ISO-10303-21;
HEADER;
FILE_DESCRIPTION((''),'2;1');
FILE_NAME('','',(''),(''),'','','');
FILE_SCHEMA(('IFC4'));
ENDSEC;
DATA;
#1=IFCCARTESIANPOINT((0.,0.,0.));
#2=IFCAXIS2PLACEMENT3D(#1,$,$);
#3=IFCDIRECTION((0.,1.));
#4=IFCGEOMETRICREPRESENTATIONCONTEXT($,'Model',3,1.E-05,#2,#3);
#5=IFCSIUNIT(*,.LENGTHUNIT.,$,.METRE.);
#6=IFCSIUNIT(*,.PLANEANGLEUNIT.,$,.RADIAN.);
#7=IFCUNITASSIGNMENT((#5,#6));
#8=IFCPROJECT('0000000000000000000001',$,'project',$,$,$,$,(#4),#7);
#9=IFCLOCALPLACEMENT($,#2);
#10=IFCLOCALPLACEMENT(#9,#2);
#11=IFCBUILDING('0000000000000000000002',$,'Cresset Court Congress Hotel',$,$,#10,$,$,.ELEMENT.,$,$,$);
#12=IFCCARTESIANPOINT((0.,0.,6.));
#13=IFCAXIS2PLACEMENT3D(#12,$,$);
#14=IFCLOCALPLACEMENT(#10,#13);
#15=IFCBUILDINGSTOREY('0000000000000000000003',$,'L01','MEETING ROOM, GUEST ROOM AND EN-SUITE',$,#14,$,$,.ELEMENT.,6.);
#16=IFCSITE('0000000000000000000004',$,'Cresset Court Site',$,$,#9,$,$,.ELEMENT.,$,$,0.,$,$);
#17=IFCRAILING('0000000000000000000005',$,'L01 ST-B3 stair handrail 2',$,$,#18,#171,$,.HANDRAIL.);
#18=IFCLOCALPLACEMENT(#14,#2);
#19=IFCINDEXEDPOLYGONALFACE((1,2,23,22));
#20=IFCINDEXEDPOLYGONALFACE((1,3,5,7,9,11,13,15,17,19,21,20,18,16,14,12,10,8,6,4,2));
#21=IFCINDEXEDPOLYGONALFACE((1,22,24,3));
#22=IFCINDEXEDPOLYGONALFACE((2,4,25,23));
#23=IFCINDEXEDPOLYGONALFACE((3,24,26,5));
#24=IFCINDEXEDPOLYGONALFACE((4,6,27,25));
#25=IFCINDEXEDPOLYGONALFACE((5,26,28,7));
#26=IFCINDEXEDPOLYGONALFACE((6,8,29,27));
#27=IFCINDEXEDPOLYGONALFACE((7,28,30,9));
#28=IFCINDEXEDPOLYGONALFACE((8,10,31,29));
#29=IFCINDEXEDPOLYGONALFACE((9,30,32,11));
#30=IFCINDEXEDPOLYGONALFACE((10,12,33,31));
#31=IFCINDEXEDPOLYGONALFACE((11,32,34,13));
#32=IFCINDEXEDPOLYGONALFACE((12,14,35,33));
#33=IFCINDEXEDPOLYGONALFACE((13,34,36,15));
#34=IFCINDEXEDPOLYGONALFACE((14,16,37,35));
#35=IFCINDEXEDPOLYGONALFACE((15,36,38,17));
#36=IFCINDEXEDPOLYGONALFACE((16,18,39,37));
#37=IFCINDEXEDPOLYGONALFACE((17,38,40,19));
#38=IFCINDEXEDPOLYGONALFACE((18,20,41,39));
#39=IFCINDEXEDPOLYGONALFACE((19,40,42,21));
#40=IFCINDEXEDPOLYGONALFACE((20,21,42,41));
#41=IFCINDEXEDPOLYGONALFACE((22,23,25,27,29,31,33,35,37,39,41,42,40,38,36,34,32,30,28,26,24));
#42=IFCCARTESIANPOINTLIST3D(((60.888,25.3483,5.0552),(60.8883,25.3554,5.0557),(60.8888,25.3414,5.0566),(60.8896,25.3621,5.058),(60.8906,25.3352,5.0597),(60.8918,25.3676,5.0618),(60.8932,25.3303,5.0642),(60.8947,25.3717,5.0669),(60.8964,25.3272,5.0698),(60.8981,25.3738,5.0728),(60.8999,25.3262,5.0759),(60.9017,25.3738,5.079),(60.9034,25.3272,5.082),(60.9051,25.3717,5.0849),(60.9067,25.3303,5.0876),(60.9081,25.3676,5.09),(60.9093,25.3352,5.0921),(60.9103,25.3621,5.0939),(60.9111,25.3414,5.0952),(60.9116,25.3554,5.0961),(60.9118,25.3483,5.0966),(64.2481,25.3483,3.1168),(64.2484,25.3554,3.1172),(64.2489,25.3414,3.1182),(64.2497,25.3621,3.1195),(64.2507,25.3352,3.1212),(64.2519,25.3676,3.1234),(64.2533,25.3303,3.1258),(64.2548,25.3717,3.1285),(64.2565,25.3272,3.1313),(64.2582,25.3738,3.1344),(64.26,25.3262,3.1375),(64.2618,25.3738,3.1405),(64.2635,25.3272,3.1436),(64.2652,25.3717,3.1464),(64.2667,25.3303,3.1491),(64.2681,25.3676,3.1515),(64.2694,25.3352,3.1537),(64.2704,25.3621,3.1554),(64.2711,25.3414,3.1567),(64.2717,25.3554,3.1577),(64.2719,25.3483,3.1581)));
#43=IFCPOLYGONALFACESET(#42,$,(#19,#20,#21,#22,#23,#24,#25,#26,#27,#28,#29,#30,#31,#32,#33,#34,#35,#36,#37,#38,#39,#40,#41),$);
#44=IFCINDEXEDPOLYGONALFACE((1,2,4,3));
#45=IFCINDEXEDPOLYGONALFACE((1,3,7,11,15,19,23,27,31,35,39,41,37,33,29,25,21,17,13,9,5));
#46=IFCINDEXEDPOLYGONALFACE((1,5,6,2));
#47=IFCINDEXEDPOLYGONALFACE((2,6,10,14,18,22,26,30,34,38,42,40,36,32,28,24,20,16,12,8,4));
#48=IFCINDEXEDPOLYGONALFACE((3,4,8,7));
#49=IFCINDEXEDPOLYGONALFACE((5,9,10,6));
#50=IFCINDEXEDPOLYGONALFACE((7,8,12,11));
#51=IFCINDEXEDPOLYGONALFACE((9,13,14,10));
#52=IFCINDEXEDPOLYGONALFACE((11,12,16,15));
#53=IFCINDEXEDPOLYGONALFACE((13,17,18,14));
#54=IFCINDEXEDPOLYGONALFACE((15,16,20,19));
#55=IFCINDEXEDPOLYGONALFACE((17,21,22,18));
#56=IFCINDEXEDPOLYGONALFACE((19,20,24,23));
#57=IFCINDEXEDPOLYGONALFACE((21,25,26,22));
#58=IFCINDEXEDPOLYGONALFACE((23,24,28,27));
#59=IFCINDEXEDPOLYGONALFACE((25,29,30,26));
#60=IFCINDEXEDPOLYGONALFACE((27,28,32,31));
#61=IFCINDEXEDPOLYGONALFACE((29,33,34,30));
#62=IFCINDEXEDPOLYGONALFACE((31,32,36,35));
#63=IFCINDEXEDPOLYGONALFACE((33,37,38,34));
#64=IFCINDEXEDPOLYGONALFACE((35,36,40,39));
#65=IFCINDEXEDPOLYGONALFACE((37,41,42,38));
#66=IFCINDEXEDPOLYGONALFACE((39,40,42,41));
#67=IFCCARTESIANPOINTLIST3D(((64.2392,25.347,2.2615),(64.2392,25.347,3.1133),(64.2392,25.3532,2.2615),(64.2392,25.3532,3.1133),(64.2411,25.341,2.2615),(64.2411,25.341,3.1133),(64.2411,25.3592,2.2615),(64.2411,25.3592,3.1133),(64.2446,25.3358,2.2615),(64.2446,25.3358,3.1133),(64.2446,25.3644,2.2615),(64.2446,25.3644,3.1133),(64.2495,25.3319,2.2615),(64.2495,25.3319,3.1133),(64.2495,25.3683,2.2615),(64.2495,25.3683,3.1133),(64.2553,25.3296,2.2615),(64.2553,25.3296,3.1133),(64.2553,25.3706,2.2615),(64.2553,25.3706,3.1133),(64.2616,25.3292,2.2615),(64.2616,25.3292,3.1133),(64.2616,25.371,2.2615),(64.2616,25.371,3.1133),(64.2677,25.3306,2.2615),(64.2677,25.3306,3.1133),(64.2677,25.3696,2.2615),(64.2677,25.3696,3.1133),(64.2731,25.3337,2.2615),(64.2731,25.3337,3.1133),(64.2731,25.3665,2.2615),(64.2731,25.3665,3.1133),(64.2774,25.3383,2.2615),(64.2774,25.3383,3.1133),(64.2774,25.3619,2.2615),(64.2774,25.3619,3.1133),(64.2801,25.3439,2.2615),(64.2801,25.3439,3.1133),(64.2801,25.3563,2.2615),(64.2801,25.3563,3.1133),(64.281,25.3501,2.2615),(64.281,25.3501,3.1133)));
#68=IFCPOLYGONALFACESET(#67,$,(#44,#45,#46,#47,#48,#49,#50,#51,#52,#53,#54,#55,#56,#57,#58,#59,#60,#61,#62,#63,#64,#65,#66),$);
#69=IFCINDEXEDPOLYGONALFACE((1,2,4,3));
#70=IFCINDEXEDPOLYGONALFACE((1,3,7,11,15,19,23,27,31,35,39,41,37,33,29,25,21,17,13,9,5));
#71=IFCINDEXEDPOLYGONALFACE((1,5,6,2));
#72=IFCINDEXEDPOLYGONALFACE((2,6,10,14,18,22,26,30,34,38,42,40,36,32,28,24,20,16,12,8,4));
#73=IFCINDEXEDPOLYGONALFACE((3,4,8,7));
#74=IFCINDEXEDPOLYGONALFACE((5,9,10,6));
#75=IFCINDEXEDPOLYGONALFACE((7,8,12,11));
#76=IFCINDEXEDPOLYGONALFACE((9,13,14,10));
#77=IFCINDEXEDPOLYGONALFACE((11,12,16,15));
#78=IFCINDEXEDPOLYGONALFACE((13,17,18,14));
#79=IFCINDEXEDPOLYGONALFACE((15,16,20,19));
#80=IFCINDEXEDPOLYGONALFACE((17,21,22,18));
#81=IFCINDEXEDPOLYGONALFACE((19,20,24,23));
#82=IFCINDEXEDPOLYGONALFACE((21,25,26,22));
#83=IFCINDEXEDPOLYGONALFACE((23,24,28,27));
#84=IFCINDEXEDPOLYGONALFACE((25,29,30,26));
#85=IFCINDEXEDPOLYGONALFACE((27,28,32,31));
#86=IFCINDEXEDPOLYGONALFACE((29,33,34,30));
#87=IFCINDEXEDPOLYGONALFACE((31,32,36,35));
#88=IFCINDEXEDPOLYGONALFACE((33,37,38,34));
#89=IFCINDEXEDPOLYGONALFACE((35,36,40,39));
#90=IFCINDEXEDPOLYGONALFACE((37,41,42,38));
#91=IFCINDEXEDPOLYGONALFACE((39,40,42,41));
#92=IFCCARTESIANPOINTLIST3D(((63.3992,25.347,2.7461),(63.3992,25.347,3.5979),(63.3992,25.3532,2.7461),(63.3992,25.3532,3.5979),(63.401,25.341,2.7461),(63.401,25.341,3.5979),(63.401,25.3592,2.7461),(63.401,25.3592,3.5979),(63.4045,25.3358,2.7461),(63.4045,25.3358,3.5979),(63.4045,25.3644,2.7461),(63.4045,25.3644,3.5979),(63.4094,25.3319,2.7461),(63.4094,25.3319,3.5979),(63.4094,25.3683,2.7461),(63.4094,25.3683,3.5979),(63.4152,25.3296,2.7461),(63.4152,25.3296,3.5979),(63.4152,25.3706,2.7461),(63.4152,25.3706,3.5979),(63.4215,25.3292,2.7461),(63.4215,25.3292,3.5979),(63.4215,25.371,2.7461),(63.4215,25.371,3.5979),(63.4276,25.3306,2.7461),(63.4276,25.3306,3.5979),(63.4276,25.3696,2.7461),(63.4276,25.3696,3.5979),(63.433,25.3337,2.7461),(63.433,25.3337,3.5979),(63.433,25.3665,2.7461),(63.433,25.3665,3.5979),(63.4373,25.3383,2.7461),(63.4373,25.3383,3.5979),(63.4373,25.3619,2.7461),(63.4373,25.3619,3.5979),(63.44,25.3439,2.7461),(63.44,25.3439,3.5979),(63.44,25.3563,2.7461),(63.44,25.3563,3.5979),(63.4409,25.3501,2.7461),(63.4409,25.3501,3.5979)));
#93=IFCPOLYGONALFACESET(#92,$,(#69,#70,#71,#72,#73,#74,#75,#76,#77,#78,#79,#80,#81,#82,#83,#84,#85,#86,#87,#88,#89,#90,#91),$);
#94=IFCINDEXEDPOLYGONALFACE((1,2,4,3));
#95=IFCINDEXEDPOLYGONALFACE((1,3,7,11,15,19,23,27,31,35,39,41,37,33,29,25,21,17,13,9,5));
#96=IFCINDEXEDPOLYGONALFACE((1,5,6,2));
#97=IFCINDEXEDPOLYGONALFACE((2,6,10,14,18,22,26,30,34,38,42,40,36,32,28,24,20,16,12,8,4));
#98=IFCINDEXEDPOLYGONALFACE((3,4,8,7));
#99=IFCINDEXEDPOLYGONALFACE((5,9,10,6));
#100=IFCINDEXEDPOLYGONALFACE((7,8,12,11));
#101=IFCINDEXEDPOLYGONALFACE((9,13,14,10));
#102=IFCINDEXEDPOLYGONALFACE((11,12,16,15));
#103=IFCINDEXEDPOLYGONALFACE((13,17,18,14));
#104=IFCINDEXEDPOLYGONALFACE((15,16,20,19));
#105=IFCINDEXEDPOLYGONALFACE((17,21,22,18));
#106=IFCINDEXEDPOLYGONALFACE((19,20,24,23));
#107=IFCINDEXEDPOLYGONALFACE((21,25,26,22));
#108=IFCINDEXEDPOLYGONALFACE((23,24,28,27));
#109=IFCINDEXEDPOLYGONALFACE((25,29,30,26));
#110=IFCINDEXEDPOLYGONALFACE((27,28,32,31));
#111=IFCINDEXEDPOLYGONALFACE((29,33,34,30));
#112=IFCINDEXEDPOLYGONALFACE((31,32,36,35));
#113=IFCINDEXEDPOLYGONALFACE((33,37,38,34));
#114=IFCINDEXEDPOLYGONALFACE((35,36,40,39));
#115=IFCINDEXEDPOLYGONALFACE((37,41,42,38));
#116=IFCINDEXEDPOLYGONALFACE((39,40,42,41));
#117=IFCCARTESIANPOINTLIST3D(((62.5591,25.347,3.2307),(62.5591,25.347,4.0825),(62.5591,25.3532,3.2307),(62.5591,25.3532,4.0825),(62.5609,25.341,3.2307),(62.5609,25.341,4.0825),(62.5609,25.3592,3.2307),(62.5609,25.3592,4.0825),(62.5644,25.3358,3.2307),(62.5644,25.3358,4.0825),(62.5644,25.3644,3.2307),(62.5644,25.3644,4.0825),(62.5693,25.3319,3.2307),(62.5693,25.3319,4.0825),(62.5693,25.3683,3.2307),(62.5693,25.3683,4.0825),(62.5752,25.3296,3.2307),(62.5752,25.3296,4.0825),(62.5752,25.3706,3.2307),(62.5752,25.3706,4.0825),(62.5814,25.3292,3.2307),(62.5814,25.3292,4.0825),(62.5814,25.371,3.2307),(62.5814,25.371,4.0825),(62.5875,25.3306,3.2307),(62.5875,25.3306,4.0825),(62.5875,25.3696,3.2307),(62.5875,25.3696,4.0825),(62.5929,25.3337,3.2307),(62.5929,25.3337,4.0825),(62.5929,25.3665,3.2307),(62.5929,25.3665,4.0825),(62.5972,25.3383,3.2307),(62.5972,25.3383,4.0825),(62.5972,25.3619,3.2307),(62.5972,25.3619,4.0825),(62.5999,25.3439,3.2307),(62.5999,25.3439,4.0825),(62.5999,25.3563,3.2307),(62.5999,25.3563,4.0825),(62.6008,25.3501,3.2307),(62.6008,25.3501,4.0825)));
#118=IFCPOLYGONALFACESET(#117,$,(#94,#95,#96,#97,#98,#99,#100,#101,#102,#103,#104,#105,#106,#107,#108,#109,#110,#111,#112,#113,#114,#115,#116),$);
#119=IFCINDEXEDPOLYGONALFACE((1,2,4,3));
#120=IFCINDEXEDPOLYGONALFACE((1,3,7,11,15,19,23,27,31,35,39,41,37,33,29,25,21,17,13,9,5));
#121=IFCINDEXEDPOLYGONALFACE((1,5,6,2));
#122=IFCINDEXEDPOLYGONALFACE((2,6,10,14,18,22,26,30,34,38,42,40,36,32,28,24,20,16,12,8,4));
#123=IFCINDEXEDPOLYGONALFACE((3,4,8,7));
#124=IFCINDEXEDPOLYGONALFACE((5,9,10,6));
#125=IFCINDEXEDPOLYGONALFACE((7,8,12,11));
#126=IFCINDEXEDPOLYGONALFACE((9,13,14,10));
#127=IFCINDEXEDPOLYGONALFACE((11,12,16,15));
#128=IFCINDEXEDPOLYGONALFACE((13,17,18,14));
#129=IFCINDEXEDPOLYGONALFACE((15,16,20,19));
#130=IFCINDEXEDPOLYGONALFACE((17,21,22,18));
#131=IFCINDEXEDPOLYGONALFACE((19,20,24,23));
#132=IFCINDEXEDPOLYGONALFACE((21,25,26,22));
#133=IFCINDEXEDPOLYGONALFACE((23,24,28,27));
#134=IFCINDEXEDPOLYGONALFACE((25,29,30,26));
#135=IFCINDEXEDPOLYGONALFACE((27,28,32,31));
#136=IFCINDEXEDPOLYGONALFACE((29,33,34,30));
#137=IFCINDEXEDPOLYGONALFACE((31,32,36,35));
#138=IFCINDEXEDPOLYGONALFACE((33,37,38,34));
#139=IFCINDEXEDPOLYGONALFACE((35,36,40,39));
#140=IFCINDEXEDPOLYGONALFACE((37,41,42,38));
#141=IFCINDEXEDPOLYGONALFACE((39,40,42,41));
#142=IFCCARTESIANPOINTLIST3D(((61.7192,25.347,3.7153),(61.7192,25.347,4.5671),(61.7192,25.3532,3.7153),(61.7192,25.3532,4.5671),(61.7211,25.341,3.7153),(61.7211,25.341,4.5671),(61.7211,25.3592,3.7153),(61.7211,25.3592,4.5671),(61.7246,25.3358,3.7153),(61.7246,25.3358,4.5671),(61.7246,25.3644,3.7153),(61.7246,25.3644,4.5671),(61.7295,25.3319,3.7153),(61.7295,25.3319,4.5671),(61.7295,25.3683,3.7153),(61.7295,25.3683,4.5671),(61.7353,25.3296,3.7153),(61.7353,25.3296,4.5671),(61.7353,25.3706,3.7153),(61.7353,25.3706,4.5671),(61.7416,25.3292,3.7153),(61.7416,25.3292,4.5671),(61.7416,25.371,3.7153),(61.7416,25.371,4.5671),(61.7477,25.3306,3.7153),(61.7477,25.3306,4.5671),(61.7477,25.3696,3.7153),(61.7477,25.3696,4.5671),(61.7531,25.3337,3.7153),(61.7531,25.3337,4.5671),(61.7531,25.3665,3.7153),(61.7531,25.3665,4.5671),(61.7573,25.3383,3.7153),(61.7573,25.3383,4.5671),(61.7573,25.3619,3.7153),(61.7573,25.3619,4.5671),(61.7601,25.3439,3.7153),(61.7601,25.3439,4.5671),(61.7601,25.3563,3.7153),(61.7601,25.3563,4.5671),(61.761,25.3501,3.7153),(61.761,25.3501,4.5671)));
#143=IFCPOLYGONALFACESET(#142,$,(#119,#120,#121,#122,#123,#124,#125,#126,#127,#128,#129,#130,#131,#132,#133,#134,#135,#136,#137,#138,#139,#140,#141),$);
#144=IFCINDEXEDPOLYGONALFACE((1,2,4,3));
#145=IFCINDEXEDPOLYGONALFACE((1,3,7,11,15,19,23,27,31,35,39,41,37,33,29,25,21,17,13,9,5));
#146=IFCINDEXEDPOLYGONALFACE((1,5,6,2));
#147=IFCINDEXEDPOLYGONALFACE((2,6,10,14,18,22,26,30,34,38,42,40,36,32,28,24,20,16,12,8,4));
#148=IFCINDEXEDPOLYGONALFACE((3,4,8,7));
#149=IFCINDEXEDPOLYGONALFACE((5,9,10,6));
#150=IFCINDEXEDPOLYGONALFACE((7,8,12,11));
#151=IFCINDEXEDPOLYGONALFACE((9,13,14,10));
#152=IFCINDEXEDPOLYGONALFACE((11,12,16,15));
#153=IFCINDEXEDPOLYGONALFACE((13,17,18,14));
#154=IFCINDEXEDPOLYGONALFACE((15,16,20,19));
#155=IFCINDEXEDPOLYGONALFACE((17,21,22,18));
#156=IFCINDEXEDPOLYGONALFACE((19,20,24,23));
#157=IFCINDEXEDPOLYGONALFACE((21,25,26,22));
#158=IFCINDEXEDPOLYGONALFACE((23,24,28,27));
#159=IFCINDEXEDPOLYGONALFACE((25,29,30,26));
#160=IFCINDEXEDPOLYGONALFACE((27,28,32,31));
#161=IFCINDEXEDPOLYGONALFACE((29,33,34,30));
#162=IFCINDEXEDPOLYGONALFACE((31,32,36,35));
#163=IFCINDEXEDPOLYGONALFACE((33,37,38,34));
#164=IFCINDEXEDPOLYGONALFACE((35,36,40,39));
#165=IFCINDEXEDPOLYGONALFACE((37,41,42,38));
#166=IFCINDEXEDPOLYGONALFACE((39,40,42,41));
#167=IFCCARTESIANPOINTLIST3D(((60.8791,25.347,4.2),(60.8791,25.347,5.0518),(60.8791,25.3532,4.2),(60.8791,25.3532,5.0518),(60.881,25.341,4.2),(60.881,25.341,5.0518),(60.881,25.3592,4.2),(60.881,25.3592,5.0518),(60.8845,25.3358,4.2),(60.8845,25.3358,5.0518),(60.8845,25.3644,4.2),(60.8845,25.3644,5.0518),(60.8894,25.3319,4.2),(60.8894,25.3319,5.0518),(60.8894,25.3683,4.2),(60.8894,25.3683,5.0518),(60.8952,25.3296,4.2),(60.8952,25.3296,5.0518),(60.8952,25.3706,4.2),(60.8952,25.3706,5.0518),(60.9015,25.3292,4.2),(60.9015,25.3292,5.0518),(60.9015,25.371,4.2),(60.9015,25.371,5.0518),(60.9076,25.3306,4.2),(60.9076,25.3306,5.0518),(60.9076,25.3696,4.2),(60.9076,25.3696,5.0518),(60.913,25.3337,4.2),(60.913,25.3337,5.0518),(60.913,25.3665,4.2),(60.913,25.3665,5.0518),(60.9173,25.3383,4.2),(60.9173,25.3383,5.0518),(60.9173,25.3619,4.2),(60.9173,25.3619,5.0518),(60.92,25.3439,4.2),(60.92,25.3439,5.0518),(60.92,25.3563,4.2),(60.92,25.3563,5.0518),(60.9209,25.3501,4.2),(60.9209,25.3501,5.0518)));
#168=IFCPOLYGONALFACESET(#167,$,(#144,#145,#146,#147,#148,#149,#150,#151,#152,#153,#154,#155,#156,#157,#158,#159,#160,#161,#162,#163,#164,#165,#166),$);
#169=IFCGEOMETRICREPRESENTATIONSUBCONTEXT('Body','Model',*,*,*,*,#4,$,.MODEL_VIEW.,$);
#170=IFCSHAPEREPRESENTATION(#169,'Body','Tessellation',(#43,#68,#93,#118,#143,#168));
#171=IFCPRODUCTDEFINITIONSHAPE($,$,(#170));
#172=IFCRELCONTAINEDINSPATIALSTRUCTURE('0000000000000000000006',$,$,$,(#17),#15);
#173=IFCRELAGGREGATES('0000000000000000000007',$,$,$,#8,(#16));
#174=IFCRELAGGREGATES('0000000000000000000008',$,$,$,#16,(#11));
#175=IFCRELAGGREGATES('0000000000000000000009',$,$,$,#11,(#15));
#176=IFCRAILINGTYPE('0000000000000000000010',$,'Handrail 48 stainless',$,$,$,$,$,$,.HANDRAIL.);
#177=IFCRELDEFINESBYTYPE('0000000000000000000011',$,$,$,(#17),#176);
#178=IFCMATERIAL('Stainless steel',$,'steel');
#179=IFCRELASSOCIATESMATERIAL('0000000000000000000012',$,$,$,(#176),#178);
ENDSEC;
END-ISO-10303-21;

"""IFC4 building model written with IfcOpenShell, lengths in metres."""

from ifc_helpers import new_model, si_unit, direction, frame, origin, origin_2d, place, context, subcontext, project, spatial, circle, extrude, material, type_object, element, save


model = new_model("IFC4")

# Units and contexts
model_context = context("Model", 3, precision=1e-05, world=origin(), true_north=direction((0.0, 1.0)))
body_context = subcontext(model_context, "Body", "Model", "MODEL_VIEW")
ifc_project = project(units=[si_unit("LENGTHUNIT", "METRE"), si_unit("PLANEANGLEUNIT", "RADIAN")], contexts=[model_context])

# Site, building, storey
site_placement = place(None, origin())
site = spatial("IfcSite", under=ifc_project, at=site_placement, Name="Cresset Court Site", CompositionType="ELEMENT", RefElevation=0.0)
building_placement = place(site_placement, origin())
building = spatial("IfcBuilding", under=site, at=building_placement, Name="Cresset Court Congress Hotel", CompositionType="ELEMENT")
storey_placement = place(building_placement, frame((0.0, 0.0, 6.0)))
storey = spatial("IfcBuildingStorey", under=building, at=storey_placement, Name="L01", Description="MEETING ROOM, GUEST ROOM AND EN-SUITE", CompositionType="ELEMENT", Elevation=6.0)

# Railing
ifc_material_1 = material(Name="Stainless steel", Category="steel")
railing_type_1 = type_object("IfcRailingType", Name="Handrail 48 stainless", PredefinedType="HANDRAIL", material=ifc_material_1)
railing_1_placement = place(storey_placement, frame((64.26, 25.3501, 2.2615)))
element("IfcRailing", 1, at=railing_1_placement, inside=storey, type_object=railing_type_1, Name="L01 ST-B3 stair handrail 2", PredefinedType="HANDRAIL", context=body_context, shape_type="SweptSolid", body=[
    extrude(circle(Radius=0.0239, at=origin_2d()), frame((0.0, 0.0, 0.876), z_axis=(-0.866191, 0.0, 0.499713), x_axis=(0.0, -1.0, 0.0)), (0.0, 0.0, 1.0), 3.8792),
    extrude(circle(Radius=0.021, at=origin_2d()), origin(), (0.0, 0.0, 1.0), 0.8518),
    extrude(circle(Radius=0.021, at=origin_2d()), frame((-0.8401, 0.0, 0.4846)), (0.0, 0.0, 1.0), 0.8518),
    extrude(circle(Radius=0.021, at=origin_2d()), frame((-1.6802, 0.0, 0.9692)), (0.0, 0.0, 1.0), 0.8518),
    extrude(circle(Radius=0.021, at=origin_2d()), frame((-2.52, 0.0, 1.4539)), (0.0, 0.0, 1.0), 0.8518),
    extrude(circle(Radius=0.021, at=origin_2d()), frame((-3.3601, 0.0, 1.9385)), (0.0, 0.0, 1.0), 0.8518),
])

save(model, "model.ifc")
